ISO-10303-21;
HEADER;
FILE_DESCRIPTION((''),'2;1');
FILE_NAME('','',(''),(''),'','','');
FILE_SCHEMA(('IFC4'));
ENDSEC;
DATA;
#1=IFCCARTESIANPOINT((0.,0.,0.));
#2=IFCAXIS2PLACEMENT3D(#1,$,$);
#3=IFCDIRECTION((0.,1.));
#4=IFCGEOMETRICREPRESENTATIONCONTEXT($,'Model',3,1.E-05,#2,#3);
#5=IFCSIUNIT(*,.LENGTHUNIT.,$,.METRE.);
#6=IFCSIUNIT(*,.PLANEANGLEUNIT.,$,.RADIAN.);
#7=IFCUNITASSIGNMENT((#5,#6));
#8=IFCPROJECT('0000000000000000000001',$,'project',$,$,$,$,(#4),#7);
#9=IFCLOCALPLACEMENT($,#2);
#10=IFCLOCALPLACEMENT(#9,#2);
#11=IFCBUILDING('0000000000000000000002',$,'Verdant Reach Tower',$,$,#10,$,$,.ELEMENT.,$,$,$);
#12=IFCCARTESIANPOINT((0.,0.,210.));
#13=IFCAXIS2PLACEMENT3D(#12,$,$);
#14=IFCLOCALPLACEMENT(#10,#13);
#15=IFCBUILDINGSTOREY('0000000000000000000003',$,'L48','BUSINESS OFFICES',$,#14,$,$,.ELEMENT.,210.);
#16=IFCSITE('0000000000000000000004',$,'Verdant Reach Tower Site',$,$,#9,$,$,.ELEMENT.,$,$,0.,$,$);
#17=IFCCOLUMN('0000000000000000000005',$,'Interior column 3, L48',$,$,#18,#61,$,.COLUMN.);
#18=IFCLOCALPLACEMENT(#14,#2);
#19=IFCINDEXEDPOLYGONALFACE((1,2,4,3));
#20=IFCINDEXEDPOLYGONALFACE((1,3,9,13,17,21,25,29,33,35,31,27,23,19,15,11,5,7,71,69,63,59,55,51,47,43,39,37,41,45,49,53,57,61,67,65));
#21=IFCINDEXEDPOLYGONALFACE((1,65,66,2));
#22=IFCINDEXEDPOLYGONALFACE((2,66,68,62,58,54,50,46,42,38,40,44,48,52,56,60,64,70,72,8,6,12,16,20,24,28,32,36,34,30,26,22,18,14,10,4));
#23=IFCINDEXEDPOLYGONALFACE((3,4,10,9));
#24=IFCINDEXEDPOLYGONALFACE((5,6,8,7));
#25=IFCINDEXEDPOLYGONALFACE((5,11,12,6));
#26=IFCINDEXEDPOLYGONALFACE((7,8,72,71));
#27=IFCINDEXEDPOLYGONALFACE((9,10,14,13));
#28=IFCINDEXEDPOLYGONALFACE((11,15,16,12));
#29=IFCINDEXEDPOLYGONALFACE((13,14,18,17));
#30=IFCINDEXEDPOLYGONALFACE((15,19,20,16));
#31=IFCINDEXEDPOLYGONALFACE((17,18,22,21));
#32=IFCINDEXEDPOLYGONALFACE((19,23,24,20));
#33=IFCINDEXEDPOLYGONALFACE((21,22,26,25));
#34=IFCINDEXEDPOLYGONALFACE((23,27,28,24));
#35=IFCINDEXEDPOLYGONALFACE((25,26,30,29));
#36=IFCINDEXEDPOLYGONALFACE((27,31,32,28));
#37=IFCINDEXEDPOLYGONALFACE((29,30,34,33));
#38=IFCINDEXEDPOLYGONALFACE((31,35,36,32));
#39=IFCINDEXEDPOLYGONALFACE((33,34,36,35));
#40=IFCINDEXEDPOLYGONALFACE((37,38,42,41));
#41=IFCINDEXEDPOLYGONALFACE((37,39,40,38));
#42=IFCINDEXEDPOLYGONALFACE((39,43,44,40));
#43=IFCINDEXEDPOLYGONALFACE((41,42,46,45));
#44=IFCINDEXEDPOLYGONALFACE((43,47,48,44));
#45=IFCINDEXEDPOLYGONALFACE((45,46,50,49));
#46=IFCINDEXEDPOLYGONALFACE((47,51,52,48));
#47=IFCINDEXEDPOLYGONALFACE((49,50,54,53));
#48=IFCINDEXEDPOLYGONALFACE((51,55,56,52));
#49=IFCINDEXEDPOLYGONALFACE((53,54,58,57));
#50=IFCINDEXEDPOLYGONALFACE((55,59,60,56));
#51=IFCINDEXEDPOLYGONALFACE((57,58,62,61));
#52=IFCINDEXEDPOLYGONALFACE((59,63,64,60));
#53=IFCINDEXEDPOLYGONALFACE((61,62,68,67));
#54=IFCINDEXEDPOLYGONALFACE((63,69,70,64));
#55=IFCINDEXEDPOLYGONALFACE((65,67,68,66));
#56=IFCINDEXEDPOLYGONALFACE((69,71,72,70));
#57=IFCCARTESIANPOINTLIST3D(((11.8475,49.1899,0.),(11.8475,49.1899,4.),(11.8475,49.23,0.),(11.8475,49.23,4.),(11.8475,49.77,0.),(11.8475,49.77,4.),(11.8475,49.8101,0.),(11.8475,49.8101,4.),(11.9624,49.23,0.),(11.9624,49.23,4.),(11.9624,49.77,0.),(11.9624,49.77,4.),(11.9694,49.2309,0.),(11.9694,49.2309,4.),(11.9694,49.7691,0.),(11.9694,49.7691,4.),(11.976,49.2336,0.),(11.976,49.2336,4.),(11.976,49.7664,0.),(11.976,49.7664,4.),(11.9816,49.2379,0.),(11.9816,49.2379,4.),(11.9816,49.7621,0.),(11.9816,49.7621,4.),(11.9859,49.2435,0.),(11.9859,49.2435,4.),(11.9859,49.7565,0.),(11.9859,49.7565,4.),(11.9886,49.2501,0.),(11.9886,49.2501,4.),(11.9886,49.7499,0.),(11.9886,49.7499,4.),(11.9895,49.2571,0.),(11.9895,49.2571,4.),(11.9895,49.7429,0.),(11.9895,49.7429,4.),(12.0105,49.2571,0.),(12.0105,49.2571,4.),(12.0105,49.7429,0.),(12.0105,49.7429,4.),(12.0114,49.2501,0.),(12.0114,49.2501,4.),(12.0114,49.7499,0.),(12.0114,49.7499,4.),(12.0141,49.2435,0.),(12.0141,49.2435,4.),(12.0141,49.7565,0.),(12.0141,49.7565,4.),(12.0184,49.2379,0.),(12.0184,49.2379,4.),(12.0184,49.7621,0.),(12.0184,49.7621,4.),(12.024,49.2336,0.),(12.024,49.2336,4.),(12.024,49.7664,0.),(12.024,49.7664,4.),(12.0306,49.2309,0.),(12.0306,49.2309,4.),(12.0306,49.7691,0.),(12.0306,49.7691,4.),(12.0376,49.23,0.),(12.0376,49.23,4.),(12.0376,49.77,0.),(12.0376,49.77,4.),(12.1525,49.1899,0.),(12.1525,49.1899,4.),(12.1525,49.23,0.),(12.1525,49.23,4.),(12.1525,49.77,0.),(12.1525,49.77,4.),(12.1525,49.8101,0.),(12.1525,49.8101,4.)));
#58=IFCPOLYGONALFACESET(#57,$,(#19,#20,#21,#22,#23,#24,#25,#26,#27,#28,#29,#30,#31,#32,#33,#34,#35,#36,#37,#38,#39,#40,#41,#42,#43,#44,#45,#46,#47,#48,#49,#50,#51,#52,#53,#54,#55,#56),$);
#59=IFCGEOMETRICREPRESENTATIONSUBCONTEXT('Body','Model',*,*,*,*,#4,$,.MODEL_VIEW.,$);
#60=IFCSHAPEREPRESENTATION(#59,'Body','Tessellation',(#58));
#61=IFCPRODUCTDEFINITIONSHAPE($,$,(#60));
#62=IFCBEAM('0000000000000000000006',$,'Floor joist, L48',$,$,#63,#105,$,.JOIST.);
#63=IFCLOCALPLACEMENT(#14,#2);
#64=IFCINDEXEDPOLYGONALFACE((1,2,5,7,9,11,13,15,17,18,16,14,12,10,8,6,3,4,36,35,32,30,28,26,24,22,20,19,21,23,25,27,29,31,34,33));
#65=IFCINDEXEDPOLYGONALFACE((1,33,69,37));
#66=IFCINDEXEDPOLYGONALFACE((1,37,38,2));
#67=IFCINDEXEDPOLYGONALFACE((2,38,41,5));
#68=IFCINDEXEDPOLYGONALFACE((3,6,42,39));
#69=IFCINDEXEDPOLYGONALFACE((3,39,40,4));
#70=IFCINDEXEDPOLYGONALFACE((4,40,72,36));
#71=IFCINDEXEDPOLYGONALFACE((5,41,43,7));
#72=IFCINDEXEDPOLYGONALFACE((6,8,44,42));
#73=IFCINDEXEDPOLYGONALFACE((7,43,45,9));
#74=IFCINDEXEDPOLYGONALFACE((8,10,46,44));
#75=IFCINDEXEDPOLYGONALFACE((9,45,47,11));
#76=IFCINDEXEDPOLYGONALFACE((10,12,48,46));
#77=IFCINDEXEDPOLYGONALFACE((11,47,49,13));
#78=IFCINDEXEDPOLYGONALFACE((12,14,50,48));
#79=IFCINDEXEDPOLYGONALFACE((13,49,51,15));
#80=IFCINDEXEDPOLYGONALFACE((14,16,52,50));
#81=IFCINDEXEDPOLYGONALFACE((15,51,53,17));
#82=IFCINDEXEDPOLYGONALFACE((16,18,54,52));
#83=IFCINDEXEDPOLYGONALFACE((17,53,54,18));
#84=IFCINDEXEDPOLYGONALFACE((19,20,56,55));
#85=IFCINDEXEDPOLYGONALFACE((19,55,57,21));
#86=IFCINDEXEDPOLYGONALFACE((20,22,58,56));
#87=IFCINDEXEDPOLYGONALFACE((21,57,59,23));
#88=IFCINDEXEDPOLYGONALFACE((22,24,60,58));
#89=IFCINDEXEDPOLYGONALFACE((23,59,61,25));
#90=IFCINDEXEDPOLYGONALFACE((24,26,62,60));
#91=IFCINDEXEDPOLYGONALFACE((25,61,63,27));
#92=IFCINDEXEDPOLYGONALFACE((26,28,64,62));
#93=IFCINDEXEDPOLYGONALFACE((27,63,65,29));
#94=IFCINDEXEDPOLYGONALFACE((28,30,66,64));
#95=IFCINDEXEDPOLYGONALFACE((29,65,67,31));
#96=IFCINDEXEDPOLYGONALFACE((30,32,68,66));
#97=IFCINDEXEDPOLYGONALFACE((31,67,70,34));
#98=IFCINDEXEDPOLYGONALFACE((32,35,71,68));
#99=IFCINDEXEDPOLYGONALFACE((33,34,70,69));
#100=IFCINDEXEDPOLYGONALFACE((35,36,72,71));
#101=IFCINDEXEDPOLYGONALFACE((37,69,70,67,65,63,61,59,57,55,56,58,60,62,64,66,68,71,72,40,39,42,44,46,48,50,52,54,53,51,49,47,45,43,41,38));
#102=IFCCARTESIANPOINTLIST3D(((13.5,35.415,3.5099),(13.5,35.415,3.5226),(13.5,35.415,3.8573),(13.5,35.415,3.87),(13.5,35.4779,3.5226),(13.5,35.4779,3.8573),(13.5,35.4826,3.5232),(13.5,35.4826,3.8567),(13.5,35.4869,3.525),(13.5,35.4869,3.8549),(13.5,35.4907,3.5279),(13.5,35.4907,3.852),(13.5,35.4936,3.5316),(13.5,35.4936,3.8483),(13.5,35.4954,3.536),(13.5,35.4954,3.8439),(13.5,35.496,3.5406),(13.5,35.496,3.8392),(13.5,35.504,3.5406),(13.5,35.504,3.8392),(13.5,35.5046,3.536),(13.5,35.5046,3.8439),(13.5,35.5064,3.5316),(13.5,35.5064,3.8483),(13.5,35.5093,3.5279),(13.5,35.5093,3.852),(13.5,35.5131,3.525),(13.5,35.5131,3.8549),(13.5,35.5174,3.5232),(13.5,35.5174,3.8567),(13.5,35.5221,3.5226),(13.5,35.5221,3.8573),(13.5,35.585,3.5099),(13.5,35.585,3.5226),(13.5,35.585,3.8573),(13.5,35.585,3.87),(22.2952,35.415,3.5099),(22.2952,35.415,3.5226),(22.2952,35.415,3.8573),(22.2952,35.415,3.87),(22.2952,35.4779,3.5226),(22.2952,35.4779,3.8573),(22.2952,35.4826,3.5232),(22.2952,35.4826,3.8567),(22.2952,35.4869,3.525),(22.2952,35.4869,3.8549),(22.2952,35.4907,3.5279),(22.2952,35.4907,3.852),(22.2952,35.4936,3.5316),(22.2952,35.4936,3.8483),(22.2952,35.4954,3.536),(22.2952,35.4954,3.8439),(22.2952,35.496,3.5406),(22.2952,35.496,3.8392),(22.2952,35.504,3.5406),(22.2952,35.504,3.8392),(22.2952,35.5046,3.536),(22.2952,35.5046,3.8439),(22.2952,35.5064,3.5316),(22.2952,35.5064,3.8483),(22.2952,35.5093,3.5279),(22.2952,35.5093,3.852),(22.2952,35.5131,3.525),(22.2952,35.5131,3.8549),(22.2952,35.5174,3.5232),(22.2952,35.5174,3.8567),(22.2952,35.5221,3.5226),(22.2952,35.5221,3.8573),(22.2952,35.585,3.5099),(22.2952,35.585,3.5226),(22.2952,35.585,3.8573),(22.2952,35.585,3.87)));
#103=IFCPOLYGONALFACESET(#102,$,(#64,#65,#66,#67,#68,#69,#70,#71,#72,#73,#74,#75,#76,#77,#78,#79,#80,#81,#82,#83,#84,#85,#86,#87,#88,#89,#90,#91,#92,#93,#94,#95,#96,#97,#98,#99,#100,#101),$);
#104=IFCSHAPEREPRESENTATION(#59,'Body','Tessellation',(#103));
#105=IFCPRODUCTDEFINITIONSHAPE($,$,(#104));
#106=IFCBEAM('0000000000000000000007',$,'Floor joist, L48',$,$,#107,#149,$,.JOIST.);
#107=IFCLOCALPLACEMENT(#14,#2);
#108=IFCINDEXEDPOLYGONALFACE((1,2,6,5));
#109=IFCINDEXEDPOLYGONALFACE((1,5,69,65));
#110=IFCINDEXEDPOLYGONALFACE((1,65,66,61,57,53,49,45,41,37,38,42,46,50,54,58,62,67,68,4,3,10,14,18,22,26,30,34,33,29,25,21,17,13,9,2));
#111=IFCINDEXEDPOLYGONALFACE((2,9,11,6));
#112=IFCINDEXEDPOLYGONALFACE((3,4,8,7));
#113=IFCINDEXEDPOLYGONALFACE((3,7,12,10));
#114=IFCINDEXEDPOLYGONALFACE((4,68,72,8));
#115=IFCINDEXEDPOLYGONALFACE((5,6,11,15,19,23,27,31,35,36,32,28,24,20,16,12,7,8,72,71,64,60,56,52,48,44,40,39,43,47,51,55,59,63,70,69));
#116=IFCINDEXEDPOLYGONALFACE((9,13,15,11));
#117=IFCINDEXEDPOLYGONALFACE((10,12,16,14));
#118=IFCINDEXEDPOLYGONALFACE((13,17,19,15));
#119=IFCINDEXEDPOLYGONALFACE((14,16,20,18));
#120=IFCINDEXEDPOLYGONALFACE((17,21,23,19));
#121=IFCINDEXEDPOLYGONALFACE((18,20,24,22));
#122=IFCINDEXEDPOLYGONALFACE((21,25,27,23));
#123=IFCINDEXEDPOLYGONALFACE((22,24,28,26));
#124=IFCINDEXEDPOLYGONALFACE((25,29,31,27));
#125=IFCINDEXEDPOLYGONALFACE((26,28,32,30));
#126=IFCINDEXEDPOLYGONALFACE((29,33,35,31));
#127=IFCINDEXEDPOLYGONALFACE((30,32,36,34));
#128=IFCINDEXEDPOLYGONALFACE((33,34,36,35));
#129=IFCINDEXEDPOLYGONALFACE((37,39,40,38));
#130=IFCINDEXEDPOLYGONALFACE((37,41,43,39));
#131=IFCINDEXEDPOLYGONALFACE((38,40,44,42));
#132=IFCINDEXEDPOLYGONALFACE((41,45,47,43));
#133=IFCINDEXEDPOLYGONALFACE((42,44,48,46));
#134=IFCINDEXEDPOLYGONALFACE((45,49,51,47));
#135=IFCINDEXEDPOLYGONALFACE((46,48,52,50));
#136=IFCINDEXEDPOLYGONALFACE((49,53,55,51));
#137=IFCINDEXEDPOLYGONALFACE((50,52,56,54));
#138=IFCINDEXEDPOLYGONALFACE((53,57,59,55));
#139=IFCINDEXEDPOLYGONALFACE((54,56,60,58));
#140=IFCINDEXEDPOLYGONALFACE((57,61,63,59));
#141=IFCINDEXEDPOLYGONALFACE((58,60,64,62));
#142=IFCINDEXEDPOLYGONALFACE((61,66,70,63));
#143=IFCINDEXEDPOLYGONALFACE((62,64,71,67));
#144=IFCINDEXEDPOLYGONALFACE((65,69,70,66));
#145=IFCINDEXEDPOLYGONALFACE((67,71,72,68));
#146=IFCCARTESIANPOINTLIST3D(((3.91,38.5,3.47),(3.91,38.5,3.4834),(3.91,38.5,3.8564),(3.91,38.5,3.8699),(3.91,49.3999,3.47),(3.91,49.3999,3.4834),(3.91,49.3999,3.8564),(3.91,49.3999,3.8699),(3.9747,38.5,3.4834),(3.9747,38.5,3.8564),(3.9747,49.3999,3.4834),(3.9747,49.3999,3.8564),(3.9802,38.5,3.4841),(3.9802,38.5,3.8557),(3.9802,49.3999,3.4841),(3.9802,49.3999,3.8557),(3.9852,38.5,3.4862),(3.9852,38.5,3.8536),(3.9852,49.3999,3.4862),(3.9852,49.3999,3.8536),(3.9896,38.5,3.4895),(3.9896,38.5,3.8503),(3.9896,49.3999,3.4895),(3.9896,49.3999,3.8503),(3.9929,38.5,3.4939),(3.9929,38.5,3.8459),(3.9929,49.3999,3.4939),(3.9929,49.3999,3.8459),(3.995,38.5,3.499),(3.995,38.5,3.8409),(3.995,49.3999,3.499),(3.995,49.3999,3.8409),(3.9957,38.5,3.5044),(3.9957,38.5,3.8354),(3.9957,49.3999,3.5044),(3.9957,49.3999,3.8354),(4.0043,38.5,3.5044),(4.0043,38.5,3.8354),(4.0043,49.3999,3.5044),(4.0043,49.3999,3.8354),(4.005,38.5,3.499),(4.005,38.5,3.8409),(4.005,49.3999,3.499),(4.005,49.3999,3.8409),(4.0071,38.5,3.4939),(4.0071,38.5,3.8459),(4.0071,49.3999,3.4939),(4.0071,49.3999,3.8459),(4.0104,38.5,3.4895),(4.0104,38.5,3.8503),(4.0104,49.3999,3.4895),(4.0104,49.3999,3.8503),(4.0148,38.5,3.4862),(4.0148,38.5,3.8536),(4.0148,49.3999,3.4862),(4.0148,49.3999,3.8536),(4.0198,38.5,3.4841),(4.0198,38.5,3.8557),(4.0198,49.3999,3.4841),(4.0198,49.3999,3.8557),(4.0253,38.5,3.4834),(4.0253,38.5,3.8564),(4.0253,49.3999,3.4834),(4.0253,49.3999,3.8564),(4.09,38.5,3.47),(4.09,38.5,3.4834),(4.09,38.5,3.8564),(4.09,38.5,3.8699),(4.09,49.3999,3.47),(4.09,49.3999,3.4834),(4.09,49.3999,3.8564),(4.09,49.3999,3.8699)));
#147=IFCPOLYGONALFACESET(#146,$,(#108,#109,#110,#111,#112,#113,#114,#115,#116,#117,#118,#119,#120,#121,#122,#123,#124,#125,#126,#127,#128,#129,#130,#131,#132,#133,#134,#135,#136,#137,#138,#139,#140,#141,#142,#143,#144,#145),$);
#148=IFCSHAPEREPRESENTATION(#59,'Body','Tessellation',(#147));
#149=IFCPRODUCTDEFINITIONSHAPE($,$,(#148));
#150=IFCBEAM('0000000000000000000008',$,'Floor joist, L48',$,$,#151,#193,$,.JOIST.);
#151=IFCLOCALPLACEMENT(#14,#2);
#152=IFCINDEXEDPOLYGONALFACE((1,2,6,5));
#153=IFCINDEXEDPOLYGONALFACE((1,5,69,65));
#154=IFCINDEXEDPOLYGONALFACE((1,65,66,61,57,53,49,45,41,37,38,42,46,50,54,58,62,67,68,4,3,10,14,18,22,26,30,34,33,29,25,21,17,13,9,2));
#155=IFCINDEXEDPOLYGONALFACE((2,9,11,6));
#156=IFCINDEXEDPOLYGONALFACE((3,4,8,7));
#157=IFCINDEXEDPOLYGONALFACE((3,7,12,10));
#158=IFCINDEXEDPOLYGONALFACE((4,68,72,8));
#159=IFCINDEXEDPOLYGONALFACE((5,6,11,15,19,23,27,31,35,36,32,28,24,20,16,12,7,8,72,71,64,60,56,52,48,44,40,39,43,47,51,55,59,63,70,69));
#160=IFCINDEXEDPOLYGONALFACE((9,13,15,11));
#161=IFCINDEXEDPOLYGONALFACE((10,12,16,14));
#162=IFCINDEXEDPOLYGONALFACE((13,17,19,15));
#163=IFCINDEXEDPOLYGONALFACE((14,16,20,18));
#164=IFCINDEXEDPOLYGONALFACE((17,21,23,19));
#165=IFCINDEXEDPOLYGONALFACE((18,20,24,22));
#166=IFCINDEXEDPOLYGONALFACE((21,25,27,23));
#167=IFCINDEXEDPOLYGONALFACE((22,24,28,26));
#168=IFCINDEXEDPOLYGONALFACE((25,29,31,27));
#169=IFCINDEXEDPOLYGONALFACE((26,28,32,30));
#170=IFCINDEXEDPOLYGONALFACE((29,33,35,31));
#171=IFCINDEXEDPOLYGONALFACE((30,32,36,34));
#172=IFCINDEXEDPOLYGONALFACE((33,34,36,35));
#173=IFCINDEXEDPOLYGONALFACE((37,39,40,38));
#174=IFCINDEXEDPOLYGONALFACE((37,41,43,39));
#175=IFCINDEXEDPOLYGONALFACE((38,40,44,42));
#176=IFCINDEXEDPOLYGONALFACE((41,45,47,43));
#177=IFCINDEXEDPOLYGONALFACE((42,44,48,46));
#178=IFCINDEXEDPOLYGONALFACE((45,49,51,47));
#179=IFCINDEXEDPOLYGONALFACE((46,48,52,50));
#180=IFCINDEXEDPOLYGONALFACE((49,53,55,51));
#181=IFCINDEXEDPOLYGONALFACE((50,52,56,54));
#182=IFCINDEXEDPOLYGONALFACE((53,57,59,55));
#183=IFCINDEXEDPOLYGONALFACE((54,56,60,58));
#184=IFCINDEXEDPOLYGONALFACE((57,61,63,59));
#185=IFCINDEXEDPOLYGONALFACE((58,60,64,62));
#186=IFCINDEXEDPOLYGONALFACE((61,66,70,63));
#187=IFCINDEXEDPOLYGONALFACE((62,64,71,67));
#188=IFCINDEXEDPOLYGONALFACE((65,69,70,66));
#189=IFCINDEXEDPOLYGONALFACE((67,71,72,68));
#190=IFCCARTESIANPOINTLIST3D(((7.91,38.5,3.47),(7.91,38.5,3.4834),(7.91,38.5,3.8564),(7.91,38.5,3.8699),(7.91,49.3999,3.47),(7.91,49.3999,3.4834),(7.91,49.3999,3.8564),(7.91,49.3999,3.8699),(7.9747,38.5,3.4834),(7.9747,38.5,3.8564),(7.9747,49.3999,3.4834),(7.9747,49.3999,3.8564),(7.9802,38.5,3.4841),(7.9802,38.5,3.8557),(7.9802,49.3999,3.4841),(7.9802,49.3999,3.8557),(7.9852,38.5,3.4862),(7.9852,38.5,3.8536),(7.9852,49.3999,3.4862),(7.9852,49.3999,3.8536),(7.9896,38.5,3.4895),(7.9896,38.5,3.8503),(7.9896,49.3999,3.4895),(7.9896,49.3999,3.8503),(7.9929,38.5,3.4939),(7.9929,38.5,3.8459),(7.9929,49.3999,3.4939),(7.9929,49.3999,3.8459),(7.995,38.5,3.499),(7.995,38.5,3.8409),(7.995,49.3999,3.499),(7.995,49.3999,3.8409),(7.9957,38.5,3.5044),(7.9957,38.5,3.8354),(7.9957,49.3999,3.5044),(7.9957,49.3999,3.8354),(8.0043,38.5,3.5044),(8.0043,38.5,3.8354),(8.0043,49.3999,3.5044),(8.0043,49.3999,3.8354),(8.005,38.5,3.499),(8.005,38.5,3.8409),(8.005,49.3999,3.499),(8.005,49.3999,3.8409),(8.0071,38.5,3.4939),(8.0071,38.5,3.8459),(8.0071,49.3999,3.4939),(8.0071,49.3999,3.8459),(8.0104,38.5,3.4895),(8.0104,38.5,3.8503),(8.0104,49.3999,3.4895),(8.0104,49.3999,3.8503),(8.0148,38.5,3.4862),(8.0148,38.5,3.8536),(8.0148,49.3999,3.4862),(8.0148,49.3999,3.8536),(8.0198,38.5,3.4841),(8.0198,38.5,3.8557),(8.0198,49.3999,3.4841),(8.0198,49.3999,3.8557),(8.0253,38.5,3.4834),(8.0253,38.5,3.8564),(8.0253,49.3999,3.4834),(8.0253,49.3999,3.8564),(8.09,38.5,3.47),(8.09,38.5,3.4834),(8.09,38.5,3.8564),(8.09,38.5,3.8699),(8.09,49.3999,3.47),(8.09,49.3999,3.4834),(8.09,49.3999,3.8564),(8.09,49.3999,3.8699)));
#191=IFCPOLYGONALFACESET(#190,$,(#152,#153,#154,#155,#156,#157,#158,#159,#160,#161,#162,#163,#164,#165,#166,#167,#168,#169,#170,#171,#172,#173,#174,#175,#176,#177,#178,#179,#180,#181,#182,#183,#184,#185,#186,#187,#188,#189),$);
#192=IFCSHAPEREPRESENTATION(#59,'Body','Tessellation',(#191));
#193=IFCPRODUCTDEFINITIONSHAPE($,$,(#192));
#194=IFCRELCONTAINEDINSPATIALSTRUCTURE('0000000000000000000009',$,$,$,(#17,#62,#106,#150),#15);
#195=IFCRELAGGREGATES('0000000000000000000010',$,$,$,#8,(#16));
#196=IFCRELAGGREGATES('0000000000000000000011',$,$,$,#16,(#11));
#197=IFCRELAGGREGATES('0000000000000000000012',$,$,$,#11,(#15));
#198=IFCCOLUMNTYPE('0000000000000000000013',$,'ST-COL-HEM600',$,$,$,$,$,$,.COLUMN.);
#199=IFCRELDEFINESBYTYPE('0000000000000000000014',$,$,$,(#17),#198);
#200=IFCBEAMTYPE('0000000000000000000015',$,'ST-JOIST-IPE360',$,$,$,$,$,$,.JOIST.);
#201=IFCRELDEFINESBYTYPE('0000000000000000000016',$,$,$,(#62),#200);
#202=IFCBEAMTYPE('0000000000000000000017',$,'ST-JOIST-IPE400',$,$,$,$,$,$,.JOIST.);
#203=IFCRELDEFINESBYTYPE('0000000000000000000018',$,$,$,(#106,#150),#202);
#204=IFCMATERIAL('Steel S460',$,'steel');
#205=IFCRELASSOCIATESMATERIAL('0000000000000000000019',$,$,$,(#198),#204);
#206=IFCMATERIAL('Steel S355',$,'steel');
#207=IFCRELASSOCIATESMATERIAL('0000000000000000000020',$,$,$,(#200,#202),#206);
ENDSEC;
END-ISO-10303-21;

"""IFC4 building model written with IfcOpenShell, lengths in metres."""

from ifc_helpers import new_model, si_unit, direction, frame, origin, origin_2d, place, context, subcontext, project, spatial, i_section, extrude, material, material_profile, profile_set, type_object, element, save


model = new_model("IFC4")

# Units and contexts
model_context = context("Model", 3, precision=1e-05, world=origin(), true_north=direction((0.0, 1.0)))
body_context = subcontext(model_context, "Body", "Model", "MODEL_VIEW")
ifc_project = project(units=[si_unit("LENGTHUNIT", "METRE"), si_unit("PLANEANGLEUNIT", "RADIAN")], contexts=[model_context])

# Site, building, storey
site_placement = place(None, origin())
site = spatial("IfcSite", under=ifc_project, at=site_placement, Name="Verdant Reach Tower Site", CompositionType="ELEMENT", RefElevation=0.0)
building_placement = place(site_placement, origin())
building = spatial("IfcBuilding", under=site, at=building_placement, Name="Verdant Reach Tower", CompositionType="ELEMENT")
storey_placement = place(building_placement, frame((0.0, 0.0, 210.0)))
storey = spatial("IfcBuildingStorey", under=building, at=storey_placement, Name="L48", Description="BUSINESS OFFICES", CompositionType="ELEMENT", Elevation=210.0)

# Column
ifc_material_1 = material(Name="Steel S460", Category="steel")
ifc_material_profile_1 = material_profile(ifc_material_1, i_section(OverallWidth=0.3049, OverallDepth=0.6201, WebThickness=0.021, FlangeThickness=0.04, FilletRadius=0.0271, at=origin_2d()), Name="HEM 600")
ifc_profile_set_1 = profile_set([ifc_material_profile_1], Name="Steel S460")
column_type = type_object("IfcColumnType", Name="ST-COL-HEM600", PredefinedType="COLUMN", material=ifc_profile_set_1)
column_placement = place(storey_placement, frame((12.0, 49.5, 0.0), z_axis=(0.0, 0.0, 1.0), x_axis=(1.0, 0.0, 0.0)))
element("IfcColumn", 1, at=column_placement, inside=storey, type_object=column_type, Name="Interior column 3, L48", PredefinedType="COLUMN", context=body_context, shape_type="SweptSolid", body=[
    extrude(i_section(OverallWidth=0.3049, OverallDepth=0.6201, WebThickness=0.021, FlangeThickness=0.04, FilletRadius=0.0271, at=origin_2d()), origin(), (0.0, 0.0, 1.0), 4.0),
])

# Beams
ifc_material_2 = material(Name="Steel S355", Category="steel")
ifc_material_profile_2 = material_profile(ifc_material_2, i_section(OverallWidth=0.1699, OverallDepth=0.3601, WebThickness=0.0081, FlangeThickness=0.0127, FilletRadius=0.0181, at=origin_2d()), Name="IPE 360")
ifc_profile_set_2 = profile_set([ifc_material_profile_2], Name="Steel S355")
beam_type_1 = type_object("IfcBeamType", Name="ST-JOIST-IPE360", PredefinedType="JOIST", material=ifc_profile_set_2)
beam_placement = place(storey_placement, frame((13.5, 35.5, 3.6899), z_axis=(1.0, 0.0, 0.0), x_axis=(0.0, 1.0, 0.0)))
element("IfcBeam", 2, at=beam_placement, inside=storey, type_object=beam_type_1, Name="Floor joist, L48", PredefinedType="JOIST", context=body_context, shape_type="SweptSolid", body=[
    extrude(i_section(OverallWidth=0.1699, OverallDepth=0.3601, WebThickness=0.0081, FlangeThickness=0.0127, FilletRadius=0.0181, at=origin_2d()), origin(), (0.0, 0.0, 1.0), 8.7952),
])
ifc_material_profile_3 = material_profile(ifc_material_2, i_section(OverallWidth=0.1799, OverallDepth=0.3999, WebThickness=0.0085, FlangeThickness=0.0134, FilletRadius=0.021, at=origin_2d()), Name="IPE 400")
ifc_profile_set_3 = profile_set([ifc_material_profile_3], Name="Steel S355")
beam_type_2 = type_object("IfcBeamType", Name="ST-JOIST-IPE400", PredefinedType="JOIST", material=ifc_profile_set_3)
for number, where, z_axis, x_axis, name in (
    (3, (4.0, 38.5, 3.6699), (0.0, 1.0, 0.0), (-1.0, 0.0, 0.0), "Floor joist, L48"),
    (4, (8.0, 38.5, 3.6699), (0.0, 1.0, 0.0), (-1.0, 0.0, 0.0), "Floor joist, L48"),
):
    element("IfcBeam", number, at=place(storey_placement, frame(where, z_axis=z_axis, x_axis=x_axis)), inside=storey, type_object=beam_type_2, Name=name, PredefinedType="JOIST", context=body_context, shape_type="SweptSolid", body=[
        extrude(i_section(OverallWidth=0.1799, OverallDepth=0.3999, WebThickness=0.0085, FlangeThickness=0.0134, FilletRadius=0.021, at=origin_2d()), origin(), (0.0, 0.0, 1.0), 10.8999),
    ])

save(model, "model.ifc")
